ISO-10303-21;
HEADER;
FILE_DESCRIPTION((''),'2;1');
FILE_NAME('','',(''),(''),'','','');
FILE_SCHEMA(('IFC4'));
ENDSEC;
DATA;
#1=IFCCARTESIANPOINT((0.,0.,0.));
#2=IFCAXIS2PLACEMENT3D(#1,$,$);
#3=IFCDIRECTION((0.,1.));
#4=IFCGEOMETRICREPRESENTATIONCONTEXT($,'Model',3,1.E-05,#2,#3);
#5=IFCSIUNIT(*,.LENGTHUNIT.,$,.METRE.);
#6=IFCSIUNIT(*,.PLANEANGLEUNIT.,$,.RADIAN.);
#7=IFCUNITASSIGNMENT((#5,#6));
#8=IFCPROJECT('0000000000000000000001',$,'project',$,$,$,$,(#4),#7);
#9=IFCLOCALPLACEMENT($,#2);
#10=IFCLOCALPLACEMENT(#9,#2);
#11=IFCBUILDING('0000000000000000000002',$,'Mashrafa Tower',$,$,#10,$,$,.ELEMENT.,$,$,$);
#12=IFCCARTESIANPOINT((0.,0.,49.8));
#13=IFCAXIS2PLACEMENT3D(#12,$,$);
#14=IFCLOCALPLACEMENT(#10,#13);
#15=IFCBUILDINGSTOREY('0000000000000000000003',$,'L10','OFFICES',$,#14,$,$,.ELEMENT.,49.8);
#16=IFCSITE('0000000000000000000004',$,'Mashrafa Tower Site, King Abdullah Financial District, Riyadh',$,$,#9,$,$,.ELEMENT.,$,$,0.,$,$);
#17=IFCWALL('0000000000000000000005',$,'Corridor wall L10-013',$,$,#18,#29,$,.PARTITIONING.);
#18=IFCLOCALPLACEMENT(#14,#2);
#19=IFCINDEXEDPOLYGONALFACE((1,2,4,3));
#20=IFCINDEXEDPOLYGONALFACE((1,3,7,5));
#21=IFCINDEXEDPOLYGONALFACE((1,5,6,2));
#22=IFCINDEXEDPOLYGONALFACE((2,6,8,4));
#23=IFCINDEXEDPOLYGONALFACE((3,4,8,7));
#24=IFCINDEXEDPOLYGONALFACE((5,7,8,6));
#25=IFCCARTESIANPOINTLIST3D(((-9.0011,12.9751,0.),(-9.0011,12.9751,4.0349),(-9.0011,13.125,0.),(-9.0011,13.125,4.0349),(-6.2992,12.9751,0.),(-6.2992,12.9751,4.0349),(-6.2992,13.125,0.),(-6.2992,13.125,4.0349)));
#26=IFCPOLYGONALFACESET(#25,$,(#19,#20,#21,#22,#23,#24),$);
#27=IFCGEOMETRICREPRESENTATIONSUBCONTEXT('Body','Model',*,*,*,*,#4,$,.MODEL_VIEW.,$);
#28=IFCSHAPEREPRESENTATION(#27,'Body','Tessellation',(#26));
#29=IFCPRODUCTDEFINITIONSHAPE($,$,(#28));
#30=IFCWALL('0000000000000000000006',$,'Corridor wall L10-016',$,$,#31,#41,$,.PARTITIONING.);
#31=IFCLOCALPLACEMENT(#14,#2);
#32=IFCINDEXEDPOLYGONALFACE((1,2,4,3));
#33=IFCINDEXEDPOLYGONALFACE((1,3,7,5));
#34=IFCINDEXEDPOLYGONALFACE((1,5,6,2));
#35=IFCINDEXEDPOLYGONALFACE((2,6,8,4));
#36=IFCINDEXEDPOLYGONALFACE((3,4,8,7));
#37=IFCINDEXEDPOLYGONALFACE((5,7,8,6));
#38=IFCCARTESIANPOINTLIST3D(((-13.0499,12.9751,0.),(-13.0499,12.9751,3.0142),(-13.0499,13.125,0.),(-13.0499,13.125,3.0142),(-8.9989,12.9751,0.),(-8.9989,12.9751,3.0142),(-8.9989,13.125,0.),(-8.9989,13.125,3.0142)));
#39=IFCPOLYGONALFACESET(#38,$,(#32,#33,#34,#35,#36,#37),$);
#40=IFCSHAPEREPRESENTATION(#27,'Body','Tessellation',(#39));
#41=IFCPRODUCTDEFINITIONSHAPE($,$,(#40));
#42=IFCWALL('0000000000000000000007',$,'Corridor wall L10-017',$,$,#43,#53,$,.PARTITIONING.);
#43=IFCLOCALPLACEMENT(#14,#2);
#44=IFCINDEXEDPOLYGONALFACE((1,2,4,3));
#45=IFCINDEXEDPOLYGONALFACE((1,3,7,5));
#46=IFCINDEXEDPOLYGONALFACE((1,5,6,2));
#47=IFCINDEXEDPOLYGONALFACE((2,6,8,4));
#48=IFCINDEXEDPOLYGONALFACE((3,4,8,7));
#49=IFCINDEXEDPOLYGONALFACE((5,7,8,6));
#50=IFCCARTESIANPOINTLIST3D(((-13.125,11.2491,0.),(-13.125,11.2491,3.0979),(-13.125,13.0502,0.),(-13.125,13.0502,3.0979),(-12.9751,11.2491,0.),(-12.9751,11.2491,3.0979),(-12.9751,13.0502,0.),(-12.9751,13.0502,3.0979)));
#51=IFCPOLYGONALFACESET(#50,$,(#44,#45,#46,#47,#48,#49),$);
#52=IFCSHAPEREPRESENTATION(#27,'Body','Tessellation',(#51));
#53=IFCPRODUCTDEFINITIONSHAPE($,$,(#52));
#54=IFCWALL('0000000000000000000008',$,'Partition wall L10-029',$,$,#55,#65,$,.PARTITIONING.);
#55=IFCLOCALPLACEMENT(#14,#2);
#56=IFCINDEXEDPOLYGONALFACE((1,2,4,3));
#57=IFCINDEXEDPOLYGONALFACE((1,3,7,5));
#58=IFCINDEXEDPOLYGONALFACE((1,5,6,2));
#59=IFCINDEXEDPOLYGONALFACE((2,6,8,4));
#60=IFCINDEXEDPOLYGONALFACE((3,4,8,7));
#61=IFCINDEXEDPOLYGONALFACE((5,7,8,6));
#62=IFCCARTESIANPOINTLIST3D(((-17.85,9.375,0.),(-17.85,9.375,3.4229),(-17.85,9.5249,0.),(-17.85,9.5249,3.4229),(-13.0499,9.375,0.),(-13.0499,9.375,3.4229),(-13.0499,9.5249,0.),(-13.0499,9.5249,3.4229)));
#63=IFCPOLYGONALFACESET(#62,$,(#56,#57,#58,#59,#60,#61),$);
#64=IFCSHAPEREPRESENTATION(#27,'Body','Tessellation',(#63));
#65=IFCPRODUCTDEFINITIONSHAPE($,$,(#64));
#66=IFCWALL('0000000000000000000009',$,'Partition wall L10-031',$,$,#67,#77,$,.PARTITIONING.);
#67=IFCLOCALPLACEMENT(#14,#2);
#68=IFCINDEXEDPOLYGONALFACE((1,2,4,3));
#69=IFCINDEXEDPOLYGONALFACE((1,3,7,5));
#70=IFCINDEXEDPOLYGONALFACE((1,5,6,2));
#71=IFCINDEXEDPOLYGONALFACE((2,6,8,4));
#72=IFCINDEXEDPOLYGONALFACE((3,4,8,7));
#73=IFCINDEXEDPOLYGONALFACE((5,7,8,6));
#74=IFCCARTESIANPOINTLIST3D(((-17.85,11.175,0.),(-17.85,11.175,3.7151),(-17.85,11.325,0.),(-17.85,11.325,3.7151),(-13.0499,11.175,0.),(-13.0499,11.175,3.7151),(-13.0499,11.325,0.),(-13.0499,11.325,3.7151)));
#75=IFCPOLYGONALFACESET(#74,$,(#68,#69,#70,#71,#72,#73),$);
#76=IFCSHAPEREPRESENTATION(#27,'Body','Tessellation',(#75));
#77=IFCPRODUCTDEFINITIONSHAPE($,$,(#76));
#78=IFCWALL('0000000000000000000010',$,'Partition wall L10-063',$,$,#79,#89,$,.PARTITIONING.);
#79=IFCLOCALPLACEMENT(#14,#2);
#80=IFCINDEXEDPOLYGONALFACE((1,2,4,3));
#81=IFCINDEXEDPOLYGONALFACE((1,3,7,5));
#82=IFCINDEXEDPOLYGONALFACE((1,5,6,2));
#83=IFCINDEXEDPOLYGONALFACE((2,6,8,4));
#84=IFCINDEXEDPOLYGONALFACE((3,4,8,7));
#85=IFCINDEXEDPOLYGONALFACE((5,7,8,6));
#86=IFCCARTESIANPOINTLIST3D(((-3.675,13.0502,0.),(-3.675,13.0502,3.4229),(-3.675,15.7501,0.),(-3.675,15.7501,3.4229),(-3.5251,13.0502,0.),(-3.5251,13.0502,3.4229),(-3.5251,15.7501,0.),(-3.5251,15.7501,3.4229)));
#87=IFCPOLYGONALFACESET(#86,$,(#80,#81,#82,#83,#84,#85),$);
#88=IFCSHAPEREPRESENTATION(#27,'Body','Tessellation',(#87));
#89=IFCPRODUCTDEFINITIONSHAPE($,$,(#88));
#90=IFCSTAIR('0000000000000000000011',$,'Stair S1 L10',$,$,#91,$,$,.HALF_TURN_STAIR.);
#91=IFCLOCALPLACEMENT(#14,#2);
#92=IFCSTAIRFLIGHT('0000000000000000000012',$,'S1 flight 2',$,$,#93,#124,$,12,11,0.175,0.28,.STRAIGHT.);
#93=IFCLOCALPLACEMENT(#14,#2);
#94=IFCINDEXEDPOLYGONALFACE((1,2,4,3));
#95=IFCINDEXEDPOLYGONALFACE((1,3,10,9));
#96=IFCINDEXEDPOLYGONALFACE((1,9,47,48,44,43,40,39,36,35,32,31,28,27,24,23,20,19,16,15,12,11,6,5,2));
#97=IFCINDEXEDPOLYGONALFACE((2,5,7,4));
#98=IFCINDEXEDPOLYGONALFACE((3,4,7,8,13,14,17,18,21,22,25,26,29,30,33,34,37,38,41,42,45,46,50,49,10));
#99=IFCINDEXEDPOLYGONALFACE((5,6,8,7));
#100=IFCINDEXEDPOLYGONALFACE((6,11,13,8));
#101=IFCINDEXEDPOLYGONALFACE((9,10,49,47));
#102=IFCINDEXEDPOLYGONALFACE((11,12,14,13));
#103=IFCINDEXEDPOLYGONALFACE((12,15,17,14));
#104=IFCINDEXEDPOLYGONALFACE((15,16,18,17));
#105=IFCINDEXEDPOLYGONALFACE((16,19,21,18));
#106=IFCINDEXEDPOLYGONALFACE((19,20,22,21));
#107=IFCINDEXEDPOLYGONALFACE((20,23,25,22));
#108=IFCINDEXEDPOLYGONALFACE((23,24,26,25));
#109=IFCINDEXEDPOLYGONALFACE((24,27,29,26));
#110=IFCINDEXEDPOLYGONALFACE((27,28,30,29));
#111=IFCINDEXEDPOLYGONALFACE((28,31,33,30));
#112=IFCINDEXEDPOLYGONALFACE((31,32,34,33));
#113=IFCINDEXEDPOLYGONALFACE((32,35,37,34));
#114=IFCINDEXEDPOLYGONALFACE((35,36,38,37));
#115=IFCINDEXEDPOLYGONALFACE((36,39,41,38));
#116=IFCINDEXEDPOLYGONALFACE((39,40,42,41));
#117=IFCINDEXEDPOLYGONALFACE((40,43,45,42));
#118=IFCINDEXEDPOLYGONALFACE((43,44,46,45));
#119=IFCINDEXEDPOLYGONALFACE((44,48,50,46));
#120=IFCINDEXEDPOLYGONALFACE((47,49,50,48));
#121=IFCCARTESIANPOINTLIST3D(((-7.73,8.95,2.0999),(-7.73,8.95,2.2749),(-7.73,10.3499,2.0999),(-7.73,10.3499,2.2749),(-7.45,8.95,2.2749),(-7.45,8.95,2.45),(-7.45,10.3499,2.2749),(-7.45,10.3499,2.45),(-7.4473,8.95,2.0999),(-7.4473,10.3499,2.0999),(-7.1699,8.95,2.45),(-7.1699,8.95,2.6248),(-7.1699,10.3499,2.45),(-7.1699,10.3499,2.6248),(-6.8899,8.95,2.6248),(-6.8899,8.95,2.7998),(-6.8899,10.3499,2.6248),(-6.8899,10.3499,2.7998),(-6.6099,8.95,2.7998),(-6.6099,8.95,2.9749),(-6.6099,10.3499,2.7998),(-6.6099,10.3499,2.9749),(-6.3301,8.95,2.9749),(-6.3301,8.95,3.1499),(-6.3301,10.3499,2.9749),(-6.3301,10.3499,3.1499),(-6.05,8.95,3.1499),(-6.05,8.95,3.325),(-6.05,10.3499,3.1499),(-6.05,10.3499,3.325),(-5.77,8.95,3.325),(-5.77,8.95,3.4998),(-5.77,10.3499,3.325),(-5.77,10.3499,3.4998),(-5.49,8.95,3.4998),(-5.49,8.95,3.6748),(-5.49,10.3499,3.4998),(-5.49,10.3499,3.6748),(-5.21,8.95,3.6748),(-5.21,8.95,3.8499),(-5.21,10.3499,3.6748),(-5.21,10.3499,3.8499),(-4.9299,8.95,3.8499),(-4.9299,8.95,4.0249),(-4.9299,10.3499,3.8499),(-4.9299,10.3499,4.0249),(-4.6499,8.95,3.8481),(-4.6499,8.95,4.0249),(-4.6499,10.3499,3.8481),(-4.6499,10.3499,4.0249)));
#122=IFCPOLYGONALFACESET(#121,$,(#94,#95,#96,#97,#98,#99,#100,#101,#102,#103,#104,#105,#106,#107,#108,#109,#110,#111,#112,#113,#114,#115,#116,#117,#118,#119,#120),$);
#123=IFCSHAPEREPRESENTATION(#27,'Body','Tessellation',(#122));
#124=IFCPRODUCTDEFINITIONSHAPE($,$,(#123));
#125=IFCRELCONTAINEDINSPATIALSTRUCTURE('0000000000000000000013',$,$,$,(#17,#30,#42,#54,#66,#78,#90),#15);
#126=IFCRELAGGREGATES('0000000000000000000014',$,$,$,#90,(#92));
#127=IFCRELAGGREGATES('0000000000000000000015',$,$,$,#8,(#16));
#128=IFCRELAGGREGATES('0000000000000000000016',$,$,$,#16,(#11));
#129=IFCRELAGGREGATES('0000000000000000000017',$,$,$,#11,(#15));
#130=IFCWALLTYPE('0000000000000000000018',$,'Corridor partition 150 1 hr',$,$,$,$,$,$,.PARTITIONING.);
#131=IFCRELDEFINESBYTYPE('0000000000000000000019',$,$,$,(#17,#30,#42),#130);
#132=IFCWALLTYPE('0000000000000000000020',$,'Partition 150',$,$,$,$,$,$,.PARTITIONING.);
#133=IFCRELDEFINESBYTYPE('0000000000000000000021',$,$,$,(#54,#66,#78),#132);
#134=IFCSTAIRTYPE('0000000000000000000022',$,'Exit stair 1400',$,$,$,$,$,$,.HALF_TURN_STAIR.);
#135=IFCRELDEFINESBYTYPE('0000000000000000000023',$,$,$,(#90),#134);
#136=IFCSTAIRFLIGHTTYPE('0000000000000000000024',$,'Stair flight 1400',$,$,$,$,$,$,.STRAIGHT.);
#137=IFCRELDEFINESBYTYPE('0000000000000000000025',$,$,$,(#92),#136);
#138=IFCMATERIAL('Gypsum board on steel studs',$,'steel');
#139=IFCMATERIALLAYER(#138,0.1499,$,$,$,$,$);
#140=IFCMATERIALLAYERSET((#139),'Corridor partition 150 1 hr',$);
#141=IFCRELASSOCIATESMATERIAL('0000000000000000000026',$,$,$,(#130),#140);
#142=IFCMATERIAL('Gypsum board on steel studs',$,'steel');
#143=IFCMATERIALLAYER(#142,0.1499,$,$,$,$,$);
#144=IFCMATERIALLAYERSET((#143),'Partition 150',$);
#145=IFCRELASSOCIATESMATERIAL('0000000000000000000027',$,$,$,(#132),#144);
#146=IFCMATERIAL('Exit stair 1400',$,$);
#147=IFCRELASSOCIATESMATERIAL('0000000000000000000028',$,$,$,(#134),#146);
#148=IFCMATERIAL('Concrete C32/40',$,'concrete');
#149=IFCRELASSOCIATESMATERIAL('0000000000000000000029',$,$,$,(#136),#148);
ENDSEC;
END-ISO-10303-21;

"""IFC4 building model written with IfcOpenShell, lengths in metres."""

from ifc_helpers import new_model, si_unit, direction, frame, frame_2d, origin, place, context, subcontext, project, spatial, polyline, rectangle, outline, extrude, material, layer, layer_set, type_object, element, aggregate, save


model = new_model("IFC4")

# Units and contexts
model_context = context("Model", 3, precision=1e-05, world=origin(), true_north=direction((0.0, 1.0)))
body_context = subcontext(model_context, "Body", "Model", "MODEL_VIEW")
ifc_project = project(units=[si_unit("LENGTHUNIT", "METRE"), si_unit("PLANEANGLEUNIT", "RADIAN")], contexts=[model_context])

# Site, building, storey
site_placement = place(None, origin())
site = spatial("IfcSite", under=ifc_project, at=site_placement, Name="Mashrafa Tower Site, King Abdullah Financial District, Riyadh", CompositionType="ELEMENT", RefElevation=0.0)
building_placement = place(site_placement, origin())
building = spatial("IfcBuilding", under=site, at=building_placement, Name="Mashrafa Tower", CompositionType="ELEMENT")
storey_placement = place(building_placement, frame((0.0, 0.0, 49.8)))
storey = spatial("IfcBuildingStorey", under=building, at=storey_placement, Name="L10", Description="OFFICES", CompositionType="ELEMENT", Elevation=49.8)

# Shared definitions
ifc_material_1 = material(Name="Gypsum board on steel studs", Category="steel")
ifc_layer_1 = layer(ifc_material_1, 0.1499)
ifc_layer_set_1 = layer_set([ifc_layer_1], Name="Corridor partition 150 1 hr")
wall_type_1 = type_object("IfcWallType", Name="Corridor partition 150 1 hr", PredefinedType="PARTITIONING", material=ifc_layer_set_1)

# Walls
wall_1_placement = place(storey_placement, frame((-6.2991, 13.05, 0.0), z_axis=(0.0, 0.0, 1.0), x_axis=(-1.0, 0.0, 0.0)))
element("IfcWall", 1, at=wall_1_placement, inside=storey, type_object=wall_type_1, Name="Corridor wall L10-013", PredefinedType="PARTITIONING", context=body_context, shape_type="SweptSolid", body=[
    extrude(rectangle(XDim=2.7019, YDim=0.1499, at=frame_2d((1.3511, 0.0))), origin(), (0.0, 0.0, 1.0), 4.0349),
])
wall_2_placement = place(storey_placement, frame((-8.999, 13.05, 0.0), z_axis=(0.0, 0.0, 1.0), x_axis=(-1.0, 0.0, 0.0)))
element("IfcWall", 2, at=wall_2_placement, inside=storey, type_object=wall_type_1, Name="Corridor wall L10-016", PredefinedType="PARTITIONING", context=body_context, shape_type="SweptSolid", body=[
    extrude(rectangle(XDim=4.051, YDim=0.1499, at=frame_2d((2.0254, 0.0))), origin(), (0.0, 0.0, 1.0), 3.0142),
])
wall_3_placement = place(storey_placement, frame((-13.05, 13.05, 0.0), z_axis=(0.0, 0.0, 1.0), x_axis=(0.0, -1.0, 0.0)))
element("IfcWall", 3, at=wall_3_placement, inside=storey, type_object=wall_type_1, Name="Corridor wall L10-017", PredefinedType="PARTITIONING", context=body_context, shape_type="SweptSolid", body=[
    extrude(rectangle(XDim=1.801, YDim=0.1499, at=frame_2d((0.9004, 0.0))), origin(), (0.0, 0.0, 1.0), 3.0979),
])
ifc_material_2 = material(Name="Gypsum board on steel studs", Category="steel")
ifc_layer_2 = layer(ifc_material_2, 0.1499)
ifc_layer_set_2 = layer_set([ifc_layer_2], Name="Partition 150")
wall_type_2 = type_object("IfcWallType", Name="Partition 150", PredefinedType="PARTITIONING", material=ifc_layer_set_2)
wall_4_placement = place(storey_placement, frame((-13.05, 9.45, 0.0), z_axis=(0.0, 0.0, 1.0), x_axis=(-1.0, 0.0, 0.0)))
element("IfcWall", 4, at=wall_4_placement, inside=storey, type_object=wall_type_2, Name="Partition wall L10-029", PredefinedType="PARTITIONING", context=body_context, shape_type="SweptSolid", body=[
    extrude(rectangle(XDim=4.8, YDim=0.1499, at=frame_2d((2.3999, 0.0))), origin(), (0.0, 0.0, 1.0), 3.4229),
])
wall_5_placement = place(storey_placement, frame((-13.05, 11.25, 0.0), z_axis=(0.0, 0.0, 1.0), x_axis=(-1.0, 0.0, 0.0)))
element("IfcWall", 5, at=wall_5_placement, inside=storey, type_object=wall_type_2, Name="Partition wall L10-031", PredefinedType="PARTITIONING", context=body_context, shape_type="SweptSolid", body=[
    extrude(rectangle(XDim=4.8, YDim=0.1499, at=frame_2d((2.3999, 0.0))), origin(), (0.0, 0.0, 1.0), 3.7151),
])
wall_6_placement = place(storey_placement, frame((-3.6001, 13.05, 0.0), z_axis=(0.0, 0.0, 1.0), x_axis=(0.0, 1.0, 0.0)))
element("IfcWall", 6, at=wall_6_placement, inside=storey, type_object=wall_type_2, Name="Partition wall L10-063", PredefinedType="PARTITIONING", context=body_context, shape_type="SweptSolid", body=[
    extrude(rectangle(XDim=2.7, YDim=0.1499, at=frame_2d((1.3501, 0.0))), origin(), (0.0, 0.0, 1.0), 3.4229),
])

# Stair, stair flight
ifc_material_3 = material(Name="Exit stair 1400")
stair_type = type_object("IfcStairType", Name="Exit stair 1400", PredefinedType="HALF_TURN_STAIR", material=ifc_material_3)
stair_placement = place(storey_placement, origin())
stair = element("IfcStair", 7, at=stair_placement, inside=storey, type_object=stair_type, Name="Stair S1 L10", PredefinedType="HALF_TURN_STAIR")
ifc_material_4 = material(Name="Concrete C32/40", Category="concrete")
stair_flight_type = type_object("IfcStairFlightType", Name="Stair flight 1400", PredefinedType="STRAIGHT", material=ifc_material_4)
stair_flight_placement = place(storey_placement, frame((-7.73, 9.6499, 2.0999), z_axis=(0.0, 0.0, 1.0), x_axis=(1.0, 0.0, 0.0)))
stair_flight = element("IfcStairFlight", 8, at=stair_flight_placement, type_object=stair_flight_type, Name="S1 flight 2", NumberOfRisers=12, NumberOfTreads=11, PredefinedType="STRAIGHT", RiserHeight=0.175, TreadLength=0.28, context=body_context, shape_type="SweptSolid", body=[
    extrude(outline(polyline([(0.0, 0.0), (0.0, 0.175), (0.28, 0.175), (0.28, 0.3501), (0.5601, 0.3501), (0.5601, 0.5249), (0.8401, 0.5249), (0.8401, 0.7), (1.1201, 0.7), (1.1201, 0.875), (1.3999, 0.875), (1.3999, 1.05), (1.6799, 1.05), (1.6799, 1.2251), (1.96, 1.2251), (1.96, 1.3999), (2.24, 1.3999), (2.24, 1.575), (2.52, 1.575), (2.52, 1.75), (2.8, 1.75), (2.8, 1.925), (3.0801, 1.925), (3.0801, 2.1001), (3.0801, 1.7483), (0.2827, 0.0), (0.0, 0.0)])), frame((0.0, 0.7, 0.0), z_axis=(0.0, -1.0, 0.0), x_axis=(1.0, 0.0, 0.0)), (0.0, 0.0, 1.0), 1.3999),
])
aggregate(stair, [stair_flight])

save(model, "model.ifc")
